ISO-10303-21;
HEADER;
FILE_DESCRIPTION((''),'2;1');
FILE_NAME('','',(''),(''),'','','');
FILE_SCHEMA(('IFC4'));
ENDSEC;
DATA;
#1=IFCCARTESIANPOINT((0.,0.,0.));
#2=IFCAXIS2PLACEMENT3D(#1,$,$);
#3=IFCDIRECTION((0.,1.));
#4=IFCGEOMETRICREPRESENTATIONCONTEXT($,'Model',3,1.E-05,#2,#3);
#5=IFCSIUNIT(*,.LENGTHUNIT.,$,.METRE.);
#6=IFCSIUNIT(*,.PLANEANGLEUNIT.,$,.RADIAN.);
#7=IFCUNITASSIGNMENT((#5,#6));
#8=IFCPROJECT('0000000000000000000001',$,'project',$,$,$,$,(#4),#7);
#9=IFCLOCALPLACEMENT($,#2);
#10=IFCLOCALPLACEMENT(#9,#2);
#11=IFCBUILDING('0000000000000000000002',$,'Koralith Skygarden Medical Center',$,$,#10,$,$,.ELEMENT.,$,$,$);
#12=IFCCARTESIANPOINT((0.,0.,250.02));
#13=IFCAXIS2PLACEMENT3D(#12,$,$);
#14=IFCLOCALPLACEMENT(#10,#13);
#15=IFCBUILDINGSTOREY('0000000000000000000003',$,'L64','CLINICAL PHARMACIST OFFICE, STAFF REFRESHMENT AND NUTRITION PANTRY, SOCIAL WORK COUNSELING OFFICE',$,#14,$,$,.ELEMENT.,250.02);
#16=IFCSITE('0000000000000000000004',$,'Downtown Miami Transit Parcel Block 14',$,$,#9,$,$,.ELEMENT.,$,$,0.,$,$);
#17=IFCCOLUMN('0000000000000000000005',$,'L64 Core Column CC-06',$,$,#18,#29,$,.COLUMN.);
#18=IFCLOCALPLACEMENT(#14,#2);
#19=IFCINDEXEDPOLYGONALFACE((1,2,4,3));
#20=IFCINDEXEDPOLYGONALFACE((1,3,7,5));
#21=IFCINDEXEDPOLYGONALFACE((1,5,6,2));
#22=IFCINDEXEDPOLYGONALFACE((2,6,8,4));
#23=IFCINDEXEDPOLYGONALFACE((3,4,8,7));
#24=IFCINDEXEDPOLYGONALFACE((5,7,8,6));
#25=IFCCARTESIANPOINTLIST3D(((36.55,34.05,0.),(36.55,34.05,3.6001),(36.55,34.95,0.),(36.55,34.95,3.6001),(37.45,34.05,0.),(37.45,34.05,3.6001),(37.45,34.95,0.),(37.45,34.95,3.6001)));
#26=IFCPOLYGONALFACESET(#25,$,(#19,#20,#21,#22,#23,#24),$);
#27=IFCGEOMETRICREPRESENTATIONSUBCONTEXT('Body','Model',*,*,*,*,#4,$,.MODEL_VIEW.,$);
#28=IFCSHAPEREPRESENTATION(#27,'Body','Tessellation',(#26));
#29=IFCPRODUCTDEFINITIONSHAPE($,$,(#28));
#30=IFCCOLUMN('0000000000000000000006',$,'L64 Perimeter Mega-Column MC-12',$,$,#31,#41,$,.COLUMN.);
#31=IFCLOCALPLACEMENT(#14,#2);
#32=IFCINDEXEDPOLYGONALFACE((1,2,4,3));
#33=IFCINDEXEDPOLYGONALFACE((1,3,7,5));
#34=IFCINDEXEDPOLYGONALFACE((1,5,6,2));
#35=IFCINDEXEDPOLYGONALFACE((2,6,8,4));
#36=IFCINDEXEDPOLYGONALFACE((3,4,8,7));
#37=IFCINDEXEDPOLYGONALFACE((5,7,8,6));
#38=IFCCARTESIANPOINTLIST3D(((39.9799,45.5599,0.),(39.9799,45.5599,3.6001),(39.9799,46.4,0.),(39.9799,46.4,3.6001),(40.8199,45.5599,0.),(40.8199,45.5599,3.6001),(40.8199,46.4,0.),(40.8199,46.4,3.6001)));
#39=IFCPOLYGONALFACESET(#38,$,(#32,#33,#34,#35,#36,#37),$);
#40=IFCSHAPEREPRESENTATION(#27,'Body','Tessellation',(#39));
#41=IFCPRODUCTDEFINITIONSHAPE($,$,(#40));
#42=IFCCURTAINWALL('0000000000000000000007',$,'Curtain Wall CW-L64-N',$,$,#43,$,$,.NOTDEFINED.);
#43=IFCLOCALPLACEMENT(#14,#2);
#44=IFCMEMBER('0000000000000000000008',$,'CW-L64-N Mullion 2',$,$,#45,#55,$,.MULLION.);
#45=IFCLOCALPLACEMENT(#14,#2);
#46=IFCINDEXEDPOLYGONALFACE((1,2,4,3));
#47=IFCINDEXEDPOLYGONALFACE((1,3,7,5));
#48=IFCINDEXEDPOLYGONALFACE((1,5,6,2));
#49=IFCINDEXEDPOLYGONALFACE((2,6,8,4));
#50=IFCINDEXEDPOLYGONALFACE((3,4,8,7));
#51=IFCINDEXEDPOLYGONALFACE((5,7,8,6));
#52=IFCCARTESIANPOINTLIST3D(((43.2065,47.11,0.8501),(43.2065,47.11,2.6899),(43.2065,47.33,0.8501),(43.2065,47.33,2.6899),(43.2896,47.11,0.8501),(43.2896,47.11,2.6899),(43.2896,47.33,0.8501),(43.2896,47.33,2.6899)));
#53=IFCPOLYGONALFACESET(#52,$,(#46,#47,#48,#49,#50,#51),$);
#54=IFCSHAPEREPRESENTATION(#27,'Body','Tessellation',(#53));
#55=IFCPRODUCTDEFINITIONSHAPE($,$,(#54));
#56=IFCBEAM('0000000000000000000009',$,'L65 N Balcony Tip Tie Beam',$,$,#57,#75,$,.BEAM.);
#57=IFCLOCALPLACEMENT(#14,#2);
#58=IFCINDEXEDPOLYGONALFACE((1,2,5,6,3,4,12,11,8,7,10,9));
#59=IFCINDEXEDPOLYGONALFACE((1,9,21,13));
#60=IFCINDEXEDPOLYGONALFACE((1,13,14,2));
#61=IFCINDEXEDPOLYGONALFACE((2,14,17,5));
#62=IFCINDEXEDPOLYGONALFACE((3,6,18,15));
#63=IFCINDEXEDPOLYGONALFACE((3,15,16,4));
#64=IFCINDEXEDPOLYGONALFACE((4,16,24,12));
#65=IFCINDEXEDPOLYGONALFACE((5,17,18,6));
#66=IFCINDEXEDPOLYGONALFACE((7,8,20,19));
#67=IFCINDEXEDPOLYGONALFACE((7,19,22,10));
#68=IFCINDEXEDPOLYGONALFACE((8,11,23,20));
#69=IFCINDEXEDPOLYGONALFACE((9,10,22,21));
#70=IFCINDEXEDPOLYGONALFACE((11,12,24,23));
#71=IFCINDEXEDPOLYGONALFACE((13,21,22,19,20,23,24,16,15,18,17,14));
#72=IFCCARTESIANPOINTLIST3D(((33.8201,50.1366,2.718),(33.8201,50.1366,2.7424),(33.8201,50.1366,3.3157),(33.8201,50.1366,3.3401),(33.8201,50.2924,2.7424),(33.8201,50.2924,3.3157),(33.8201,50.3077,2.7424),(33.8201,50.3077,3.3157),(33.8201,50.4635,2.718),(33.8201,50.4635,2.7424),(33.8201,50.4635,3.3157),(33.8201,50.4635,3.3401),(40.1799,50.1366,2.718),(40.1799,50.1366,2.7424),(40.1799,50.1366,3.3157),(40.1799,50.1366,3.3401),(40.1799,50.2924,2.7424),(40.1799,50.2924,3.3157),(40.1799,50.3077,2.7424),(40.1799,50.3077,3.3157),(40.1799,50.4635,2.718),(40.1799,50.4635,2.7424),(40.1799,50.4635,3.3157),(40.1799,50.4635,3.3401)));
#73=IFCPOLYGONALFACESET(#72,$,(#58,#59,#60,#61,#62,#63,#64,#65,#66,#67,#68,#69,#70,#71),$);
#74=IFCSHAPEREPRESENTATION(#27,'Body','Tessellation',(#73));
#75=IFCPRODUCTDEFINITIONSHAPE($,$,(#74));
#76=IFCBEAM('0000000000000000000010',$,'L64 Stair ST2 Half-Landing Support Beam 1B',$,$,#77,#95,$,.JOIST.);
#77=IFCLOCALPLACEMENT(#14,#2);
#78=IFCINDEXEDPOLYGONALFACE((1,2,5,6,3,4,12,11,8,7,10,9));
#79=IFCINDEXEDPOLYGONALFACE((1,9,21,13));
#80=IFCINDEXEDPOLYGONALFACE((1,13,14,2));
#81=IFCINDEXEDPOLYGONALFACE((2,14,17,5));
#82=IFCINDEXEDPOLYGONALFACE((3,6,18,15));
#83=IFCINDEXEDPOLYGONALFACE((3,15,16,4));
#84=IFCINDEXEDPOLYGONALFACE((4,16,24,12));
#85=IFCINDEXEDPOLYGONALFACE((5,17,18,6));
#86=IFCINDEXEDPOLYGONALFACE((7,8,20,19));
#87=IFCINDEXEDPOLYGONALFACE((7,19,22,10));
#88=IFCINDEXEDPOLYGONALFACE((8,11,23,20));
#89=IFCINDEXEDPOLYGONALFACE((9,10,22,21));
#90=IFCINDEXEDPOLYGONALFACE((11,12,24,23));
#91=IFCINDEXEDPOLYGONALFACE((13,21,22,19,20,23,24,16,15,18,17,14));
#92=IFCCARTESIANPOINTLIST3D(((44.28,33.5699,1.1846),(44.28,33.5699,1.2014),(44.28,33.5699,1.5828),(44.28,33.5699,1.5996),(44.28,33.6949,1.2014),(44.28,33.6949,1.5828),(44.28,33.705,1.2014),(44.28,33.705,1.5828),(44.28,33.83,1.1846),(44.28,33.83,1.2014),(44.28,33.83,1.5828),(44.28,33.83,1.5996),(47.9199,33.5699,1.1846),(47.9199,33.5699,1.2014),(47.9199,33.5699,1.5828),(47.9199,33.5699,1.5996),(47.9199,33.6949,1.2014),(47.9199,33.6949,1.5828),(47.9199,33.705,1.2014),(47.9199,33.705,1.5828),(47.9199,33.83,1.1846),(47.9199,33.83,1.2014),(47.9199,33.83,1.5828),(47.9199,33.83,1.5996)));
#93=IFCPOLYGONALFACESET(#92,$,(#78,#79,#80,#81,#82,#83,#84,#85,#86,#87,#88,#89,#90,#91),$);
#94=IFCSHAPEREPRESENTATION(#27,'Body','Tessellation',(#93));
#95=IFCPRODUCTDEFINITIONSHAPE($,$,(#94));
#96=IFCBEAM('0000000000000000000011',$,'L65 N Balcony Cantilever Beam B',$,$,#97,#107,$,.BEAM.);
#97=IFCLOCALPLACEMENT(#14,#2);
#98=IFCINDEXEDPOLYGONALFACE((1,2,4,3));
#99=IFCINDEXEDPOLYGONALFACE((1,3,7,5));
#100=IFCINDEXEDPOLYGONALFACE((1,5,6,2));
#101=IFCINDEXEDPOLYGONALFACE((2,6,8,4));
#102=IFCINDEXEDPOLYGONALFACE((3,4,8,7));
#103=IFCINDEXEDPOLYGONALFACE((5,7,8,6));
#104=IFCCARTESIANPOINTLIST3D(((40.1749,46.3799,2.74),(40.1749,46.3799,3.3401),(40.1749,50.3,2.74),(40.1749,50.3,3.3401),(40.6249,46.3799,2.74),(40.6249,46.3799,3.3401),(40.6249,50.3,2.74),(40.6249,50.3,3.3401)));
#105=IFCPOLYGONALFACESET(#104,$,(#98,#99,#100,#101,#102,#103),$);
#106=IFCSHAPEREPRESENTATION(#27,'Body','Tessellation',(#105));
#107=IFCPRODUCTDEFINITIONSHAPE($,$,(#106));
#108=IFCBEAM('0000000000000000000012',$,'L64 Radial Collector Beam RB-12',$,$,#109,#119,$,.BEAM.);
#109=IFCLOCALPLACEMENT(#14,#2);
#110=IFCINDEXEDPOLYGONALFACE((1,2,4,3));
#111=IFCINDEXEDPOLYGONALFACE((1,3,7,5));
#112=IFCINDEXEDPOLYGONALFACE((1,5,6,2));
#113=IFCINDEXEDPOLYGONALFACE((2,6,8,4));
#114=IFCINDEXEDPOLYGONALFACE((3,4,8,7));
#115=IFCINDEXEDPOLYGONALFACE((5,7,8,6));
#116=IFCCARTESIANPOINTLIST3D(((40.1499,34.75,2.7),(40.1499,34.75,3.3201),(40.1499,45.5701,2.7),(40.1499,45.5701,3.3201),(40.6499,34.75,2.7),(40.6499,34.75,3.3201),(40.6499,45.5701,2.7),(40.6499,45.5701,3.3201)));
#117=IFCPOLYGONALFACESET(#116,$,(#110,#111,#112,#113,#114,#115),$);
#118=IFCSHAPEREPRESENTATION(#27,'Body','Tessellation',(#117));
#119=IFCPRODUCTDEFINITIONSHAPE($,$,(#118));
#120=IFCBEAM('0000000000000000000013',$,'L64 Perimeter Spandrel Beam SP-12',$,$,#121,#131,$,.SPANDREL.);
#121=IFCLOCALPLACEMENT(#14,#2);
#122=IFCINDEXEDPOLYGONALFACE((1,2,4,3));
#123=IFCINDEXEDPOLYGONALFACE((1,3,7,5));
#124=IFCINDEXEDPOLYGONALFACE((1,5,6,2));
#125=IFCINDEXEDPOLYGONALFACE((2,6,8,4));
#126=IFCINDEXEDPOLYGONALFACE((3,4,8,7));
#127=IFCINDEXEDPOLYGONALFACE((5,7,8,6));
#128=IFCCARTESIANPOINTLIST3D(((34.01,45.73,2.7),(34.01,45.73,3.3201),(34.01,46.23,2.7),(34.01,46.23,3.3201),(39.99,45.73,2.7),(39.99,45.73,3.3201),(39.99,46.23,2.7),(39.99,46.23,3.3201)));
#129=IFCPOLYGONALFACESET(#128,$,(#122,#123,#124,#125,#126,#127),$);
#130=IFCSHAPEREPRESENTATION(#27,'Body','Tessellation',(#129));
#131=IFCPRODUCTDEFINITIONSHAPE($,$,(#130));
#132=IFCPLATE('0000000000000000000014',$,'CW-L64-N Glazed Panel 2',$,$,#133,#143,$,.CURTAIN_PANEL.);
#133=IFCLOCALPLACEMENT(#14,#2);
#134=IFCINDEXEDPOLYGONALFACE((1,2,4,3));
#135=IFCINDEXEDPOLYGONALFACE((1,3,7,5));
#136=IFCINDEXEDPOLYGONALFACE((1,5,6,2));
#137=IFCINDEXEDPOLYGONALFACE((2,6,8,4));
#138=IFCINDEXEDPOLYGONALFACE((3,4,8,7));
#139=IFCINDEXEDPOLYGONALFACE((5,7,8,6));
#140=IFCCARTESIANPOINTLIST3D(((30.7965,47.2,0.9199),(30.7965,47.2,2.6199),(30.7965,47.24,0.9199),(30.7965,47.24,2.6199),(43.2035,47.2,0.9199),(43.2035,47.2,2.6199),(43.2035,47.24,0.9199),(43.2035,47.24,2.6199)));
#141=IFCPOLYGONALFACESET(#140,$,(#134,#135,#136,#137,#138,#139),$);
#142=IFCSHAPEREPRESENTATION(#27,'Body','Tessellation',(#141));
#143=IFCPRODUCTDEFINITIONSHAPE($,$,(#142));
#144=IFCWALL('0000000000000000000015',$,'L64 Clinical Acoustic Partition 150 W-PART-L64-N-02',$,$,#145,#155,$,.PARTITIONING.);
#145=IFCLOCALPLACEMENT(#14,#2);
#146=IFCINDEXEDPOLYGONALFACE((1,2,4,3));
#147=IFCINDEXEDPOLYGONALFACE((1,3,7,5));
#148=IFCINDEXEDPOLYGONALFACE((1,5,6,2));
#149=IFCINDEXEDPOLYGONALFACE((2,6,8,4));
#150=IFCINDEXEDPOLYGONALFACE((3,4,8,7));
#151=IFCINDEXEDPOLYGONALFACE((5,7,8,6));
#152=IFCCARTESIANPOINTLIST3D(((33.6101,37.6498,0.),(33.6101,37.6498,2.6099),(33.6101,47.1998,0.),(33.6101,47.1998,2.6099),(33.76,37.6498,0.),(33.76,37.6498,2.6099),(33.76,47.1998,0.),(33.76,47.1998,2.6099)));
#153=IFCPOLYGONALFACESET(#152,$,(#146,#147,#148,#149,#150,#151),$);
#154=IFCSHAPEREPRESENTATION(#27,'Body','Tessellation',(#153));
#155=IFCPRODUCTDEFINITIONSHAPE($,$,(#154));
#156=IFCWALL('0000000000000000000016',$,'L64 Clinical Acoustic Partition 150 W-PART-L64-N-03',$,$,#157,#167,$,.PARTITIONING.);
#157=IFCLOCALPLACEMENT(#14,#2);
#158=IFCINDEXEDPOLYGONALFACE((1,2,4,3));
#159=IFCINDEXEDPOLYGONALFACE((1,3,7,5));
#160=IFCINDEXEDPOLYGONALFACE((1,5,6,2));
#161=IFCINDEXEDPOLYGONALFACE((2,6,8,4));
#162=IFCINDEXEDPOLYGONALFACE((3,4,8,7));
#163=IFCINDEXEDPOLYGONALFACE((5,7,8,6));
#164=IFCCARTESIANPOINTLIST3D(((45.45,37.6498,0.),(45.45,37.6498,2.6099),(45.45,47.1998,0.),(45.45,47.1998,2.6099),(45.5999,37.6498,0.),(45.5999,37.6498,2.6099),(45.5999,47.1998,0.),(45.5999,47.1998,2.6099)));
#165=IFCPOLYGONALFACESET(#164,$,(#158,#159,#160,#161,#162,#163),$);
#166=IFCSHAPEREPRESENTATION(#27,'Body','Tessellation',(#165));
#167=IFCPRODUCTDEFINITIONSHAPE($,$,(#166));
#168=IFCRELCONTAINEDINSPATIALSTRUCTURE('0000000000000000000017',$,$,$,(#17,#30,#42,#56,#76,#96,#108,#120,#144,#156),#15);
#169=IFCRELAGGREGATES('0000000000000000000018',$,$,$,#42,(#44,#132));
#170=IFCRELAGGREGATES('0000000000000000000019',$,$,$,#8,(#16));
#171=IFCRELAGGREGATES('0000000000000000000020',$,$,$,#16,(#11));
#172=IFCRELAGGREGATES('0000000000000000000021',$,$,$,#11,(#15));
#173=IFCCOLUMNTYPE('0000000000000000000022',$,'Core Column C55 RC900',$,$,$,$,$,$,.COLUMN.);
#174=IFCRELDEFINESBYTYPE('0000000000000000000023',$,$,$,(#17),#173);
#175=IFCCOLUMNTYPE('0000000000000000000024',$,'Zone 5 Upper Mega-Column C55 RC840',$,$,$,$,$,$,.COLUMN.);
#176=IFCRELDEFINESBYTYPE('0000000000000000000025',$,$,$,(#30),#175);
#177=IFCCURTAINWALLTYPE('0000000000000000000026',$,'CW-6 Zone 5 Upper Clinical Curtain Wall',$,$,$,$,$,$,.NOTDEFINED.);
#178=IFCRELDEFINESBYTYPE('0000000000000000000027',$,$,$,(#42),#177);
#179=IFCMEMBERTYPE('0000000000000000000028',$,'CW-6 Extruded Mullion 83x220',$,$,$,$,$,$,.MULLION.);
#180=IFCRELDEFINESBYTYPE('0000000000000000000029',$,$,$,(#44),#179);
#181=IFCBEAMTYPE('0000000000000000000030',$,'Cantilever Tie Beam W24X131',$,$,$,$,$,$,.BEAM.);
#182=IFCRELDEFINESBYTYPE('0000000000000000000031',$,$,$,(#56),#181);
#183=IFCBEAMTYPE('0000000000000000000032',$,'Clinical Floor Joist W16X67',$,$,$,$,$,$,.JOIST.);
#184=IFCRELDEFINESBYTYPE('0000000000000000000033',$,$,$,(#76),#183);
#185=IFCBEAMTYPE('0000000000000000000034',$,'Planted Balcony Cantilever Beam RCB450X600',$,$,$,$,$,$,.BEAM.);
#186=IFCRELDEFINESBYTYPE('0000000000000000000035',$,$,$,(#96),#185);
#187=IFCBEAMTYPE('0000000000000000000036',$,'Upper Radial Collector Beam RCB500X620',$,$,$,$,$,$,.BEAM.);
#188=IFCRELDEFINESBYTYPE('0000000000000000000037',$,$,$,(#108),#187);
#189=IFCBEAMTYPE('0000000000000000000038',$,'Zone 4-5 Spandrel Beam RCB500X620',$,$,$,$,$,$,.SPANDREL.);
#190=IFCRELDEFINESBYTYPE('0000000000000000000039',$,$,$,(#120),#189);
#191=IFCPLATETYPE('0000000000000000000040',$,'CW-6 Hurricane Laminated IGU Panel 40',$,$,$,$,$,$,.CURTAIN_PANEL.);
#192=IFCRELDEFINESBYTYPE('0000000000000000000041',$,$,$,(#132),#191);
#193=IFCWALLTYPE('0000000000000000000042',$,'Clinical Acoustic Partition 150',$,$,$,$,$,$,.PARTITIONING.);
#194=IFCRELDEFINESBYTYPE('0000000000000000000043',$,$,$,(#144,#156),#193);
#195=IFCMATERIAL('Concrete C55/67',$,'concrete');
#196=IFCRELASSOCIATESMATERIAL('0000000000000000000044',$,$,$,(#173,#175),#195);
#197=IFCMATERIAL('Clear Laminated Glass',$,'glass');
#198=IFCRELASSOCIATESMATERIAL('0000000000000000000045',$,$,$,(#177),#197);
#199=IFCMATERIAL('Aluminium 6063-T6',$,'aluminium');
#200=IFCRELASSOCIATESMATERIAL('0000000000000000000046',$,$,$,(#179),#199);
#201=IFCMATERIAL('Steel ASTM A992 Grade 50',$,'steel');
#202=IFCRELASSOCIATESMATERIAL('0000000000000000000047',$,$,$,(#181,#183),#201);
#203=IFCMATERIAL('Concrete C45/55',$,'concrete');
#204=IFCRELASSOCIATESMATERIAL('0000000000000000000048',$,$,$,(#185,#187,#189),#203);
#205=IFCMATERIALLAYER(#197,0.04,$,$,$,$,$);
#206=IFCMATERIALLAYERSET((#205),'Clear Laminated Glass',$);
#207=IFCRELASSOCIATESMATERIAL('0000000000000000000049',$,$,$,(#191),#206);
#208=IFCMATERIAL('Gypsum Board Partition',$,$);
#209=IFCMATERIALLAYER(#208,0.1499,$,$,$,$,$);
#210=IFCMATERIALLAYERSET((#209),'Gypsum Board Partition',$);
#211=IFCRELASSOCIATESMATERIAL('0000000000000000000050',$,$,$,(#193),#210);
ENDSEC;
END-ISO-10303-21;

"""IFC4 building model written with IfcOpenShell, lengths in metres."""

from ifc_helpers import new_model, si_unit, direction, frame, frame_2d, origin, origin_2d, place, context, subcontext, project, spatial, rectangle, i_section, extrude, material, layer, layer_set, material_profile, profile_set, type_object, element, aggregate, save


model = new_model("IFC4")

# Units and contexts
model_context = context("Model", 3, precision=1e-05, world=origin(), true_north=direction((0.0, 1.0)))
body_context = subcontext(model_context, "Body", "Model", "MODEL_VIEW")
ifc_project = project(units=[si_unit("LENGTHUNIT", "METRE"), si_unit("PLANEANGLEUNIT", "RADIAN")], contexts=[model_context])

# Site, building, storey
site_placement = place(None, origin())
site = spatial("IfcSite", under=ifc_project, at=site_placement, Name="Downtown Miami Transit Parcel Block 14", CompositionType="ELEMENT", RefElevation=0.0)
building_placement = place(site_placement, origin())
building = spatial("IfcBuilding", under=site, at=building_placement, Name="Koralith Skygarden Medical Center", CompositionType="ELEMENT")
storey_placement = place(building_placement, frame((0.0, 0.0, 250.02)))
storey = spatial("IfcBuildingStorey", under=building, at=storey_placement, Name="L64", Description="CLINICAL PHARMACIST OFFICE, STAFF REFRESHMENT AND NUTRITION PANTRY, SOCIAL WORK COUNSELING OFFICE", CompositionType="ELEMENT", Elevation=250.02)

# Columns
ifc_material_1 = material(Name="Concrete C55/67", Category="concrete")
ifc_material_profile_1 = material_profile(ifc_material_1, rectangle(XDim=0.8999, YDim=0.8999, at=origin_2d()), Name="RC900X900")
ifc_profile_set_1 = profile_set([ifc_material_profile_1], Name="Concrete C55/67")
column_type_1 = type_object("IfcColumnType", Name="Core Column C55 RC900", PredefinedType="COLUMN", material=ifc_profile_set_1)
column_1_placement = place(storey_placement, frame((37.0, 34.5, 0.0), z_axis=(0.0, 0.0, 1.0), x_axis=(1.0, 0.0, 0.0)))
element("IfcColumn", 1, at=column_1_placement, inside=storey, type_object=column_type_1, Name="L64 Core Column CC-06", PredefinedType="COLUMN", context=body_context, shape_type="SweptSolid", body=[
    extrude(rectangle(XDim=0.8999, YDim=0.8999, at=origin_2d()), origin(), (0.0, 0.0, 1.0), 3.6001),
])
ifc_material_profile_2 = material_profile(ifc_material_1, rectangle(XDim=0.8401, YDim=0.8401, at=origin_2d()), Name="RC840X840")
ifc_profile_set_2 = profile_set([ifc_material_profile_2], Name="Concrete C55/67")
column_type_2 = type_object("IfcColumnType", Name="Zone 5 Upper Mega-Column C55 RC840", PredefinedType="COLUMN", material=ifc_profile_set_2)
column_2_placement = place(storey_placement, frame((40.3999, 45.98, 0.0), z_axis=(0.0, 0.0, 1.0), x_axis=(1.0, 0.0, 0.0)))
element("IfcColumn", 2, at=column_2_placement, inside=storey, type_object=column_type_2, Name="L64 Perimeter Mega-Column MC-12", PredefinedType="COLUMN", context=body_context, shape_type="SweptSolid", body=[
    extrude(rectangle(XDim=0.8401, YDim=0.8401, at=origin_2d()), origin(), (0.0, 0.0, 1.0), 3.6001),
])

# Curtain wall, member
ifc_material_2 = material(Name="Clear Laminated Glass", Category="glass")
curtain_wall_type = type_object("IfcCurtainWallType", Name="CW-6 Zone 5 Upper Clinical Curtain Wall", PredefinedType="NOTDEFINED", material=ifc_material_2)
curtain_wall_placement = place(storey_placement, origin())
curtain_wall = element("IfcCurtainWall", 3, at=curtain_wall_placement, inside=storey, type_object=curtain_wall_type, Name="Curtain Wall CW-L64-N", PredefinedType="NOTDEFINED")
ifc_material_3 = material(Name="Aluminium 6063-T6", Category="aluminium")
ifc_material_profile_3 = material_profile(ifc_material_3, rectangle(XDim=0.083, YDim=0.22, at=origin_2d()), Name="MUL83X220")
ifc_profile_set_3 = profile_set([ifc_material_profile_3], Name="Aluminium 6063-T6")
member_type = type_object("IfcMemberType", Name="CW-6 Extruded Mullion 83x220", PredefinedType="MULLION", material=ifc_profile_set_3)
member_placement = place(storey_placement, frame((43.248, 47.22, 0.8501), z_axis=(0.0, 0.0, 1.0), x_axis=(1.0, 0.0, 0.0)))
member = element("IfcMember", 4, at=member_placement, type_object=member_type, Name="CW-L64-N Mullion 2", PredefinedType="MULLION", context=body_context, shape_type="SweptSolid", body=[
    extrude(rectangle(XDim=0.083, YDim=0.22, at=origin_2d()), origin(), (0.0, 0.0, 1.0), 1.8398),
])

# Beams
ifc_material_4 = material(Name="Steel ASTM A992 Grade 50", Category="steel")
ifc_material_profile_4 = material_profile(ifc_material_4, i_section(OverallWidth=0.3269, OverallDepth=0.6221, WebThickness=0.0154, FlangeThickness=0.0244, at=origin_2d()), Name="W24X131")
ifc_profile_set_4 = profile_set([ifc_material_profile_4], Name="Steel ASTM A992 Grade 50")
beam_type_1 = type_object("IfcBeamType", Name="Cantilever Tie Beam W24X131", PredefinedType="BEAM", material=ifc_profile_set_4)
beam_1_placement = place(storey_placement, frame((33.8201, 50.3, 3.0291), z_axis=(1.0, 0.0, 0.0), x_axis=(0.0, 1.0, 0.0)))
element("IfcBeam", 5, at=beam_1_placement, inside=storey, type_object=beam_type_1, Name="L65 N Balcony Tip Tie Beam", PredefinedType="BEAM", context=body_context, shape_type="SweptSolid", body=[
    extrude(i_section(OverallWidth=0.3269, OverallDepth=0.6221, WebThickness=0.0154, FlangeThickness=0.0244, at=origin_2d()), origin(), (0.0, 0.0, 1.0), 6.3599),
])
ifc_material_profile_5 = material_profile(ifc_material_4, i_section(OverallWidth=0.26, OverallDepth=0.415, WebThickness=0.01, FlangeThickness=0.0168, at=origin_2d()), Name="W16X67")
ifc_profile_set_5 = profile_set([ifc_material_profile_5], Name="Steel ASTM A992 Grade 50")
beam_type_2 = type_object("IfcBeamType", Name="Clinical Floor Joist W16X67", PredefinedType="JOIST", material=ifc_profile_set_5)
beam_2_placement = place(storey_placement, frame((44.28, 33.7, 1.3921), z_axis=(1.0, 0.0, 0.0), x_axis=(0.0, 1.0, 0.0)))
element("IfcBeam", 6, at=beam_2_placement, inside=storey, type_object=beam_type_2, Name="L64 Stair ST2 Half-Landing Support Beam 1B", PredefinedType="JOIST", context=body_context, shape_type="SweptSolid", body=[
    extrude(i_section(OverallWidth=0.26, OverallDepth=0.415, WebThickness=0.01, FlangeThickness=0.0168, at=origin_2d()), origin(), (0.0, 0.0, 1.0), 3.6399),
])
ifc_material_5 = material(Name="Concrete C45/55", Category="concrete")
ifc_material_profile_6 = material_profile(ifc_material_5, rectangle(XDim=0.45, YDim=0.6001, at=origin_2d()), Name="RCB450X600")
ifc_profile_set_6 = profile_set([ifc_material_profile_6], Name="Concrete C45/55")
beam_type_3 = type_object("IfcBeamType", Name="Planted Balcony Cantilever Beam RCB450X600", PredefinedType="BEAM", material=ifc_profile_set_6)
beam_3_placement = place(storey_placement, frame((40.3999, 46.3799, 3.04), z_axis=(0.0, 1.0, 0.0), x_axis=(-1.0, 0.0, 0.0)))
element("IfcBeam", 7, at=beam_3_placement, inside=storey, type_object=beam_type_3, Name="L65 N Balcony Cantilever Beam B", PredefinedType="BEAM", context=body_context, shape_type="SweptSolid", body=[
    extrude(rectangle(XDim=0.45, YDim=0.6001, at=origin_2d()), origin(), (0.0, 0.0, 1.0), 3.9202),
])
ifc_material_profile_7 = material_profile(ifc_material_5, rectangle(XDim=0.5, YDim=0.6201, at=origin_2d()), Name="RCB500X620")
ifc_profile_set_7 = profile_set([ifc_material_profile_7], Name="Concrete C45/55")
beam_type_4 = type_object("IfcBeamType", Name="Upper Radial Collector Beam RCB500X620", PredefinedType="BEAM", material=ifc_profile_set_7)
beam_4_placement = place(storey_placement, frame((40.3999, 34.75, 3.01), z_axis=(0.0, 1.0, 0.0), x_axis=(-1.0, 0.0, 0.0)))
element("IfcBeam", 8, at=beam_4_placement, inside=storey, type_object=beam_type_4, Name="L64 Radial Collector Beam RB-12", PredefinedType="BEAM", context=body_context, shape_type="SweptSolid", body=[
    extrude(rectangle(XDim=0.5, YDim=0.6201, at=origin_2d()), origin(), (0.0, 0.0, 1.0), 10.8201),
])
ifc_material_profile_8 = material_profile(ifc_material_5, rectangle(XDim=0.5, YDim=0.6201, at=origin_2d()), Name="RCB500X620")
ifc_profile_set_8 = profile_set([ifc_material_profile_8], Name="Concrete C45/55")
beam_type_5 = type_object("IfcBeamType", Name="Zone 4-5 Spandrel Beam RCB500X620", PredefinedType="SPANDREL", material=ifc_profile_set_8)
beam_5_placement = place(storey_placement, frame((39.99, 45.98, 3.01), z_axis=(-1.0, 0.0, 0.0), x_axis=(0.0, -1.0, 0.0)))
element("IfcBeam", 9, at=beam_5_placement, inside=storey, type_object=beam_type_5, Name="L64 Perimeter Spandrel Beam SP-12", PredefinedType="SPANDREL", context=body_context, shape_type="SweptSolid", body=[
    extrude(rectangle(XDim=0.5, YDim=0.6201, at=origin_2d()), origin(), (0.0, 0.0, 1.0), 5.98),
])

# Plate
ifc_layer_1 = layer(ifc_material_2, 0.04)
ifc_layer_set_1 = layer_set([ifc_layer_1], Name="Clear Laminated Glass")
plate_type = type_object("IfcPlateType", Name="CW-6 Hurricane Laminated IGU Panel 40", PredefinedType="CURTAIN_PANEL", material=ifc_layer_set_1)
plate_placement = place(storey_placement, frame((37.0, 47.22, 0.9199), z_axis=(0.0, 0.0, 1.0), x_axis=(-1.0, 0.0, 0.0)))
plate = element("IfcPlate", 10, at=plate_placement, type_object=plate_type, Name="CW-L64-N Glazed Panel 2", PredefinedType="CURTAIN_PANEL", context=body_context, shape_type="SweptSolid", body=[
    extrude(rectangle(XDim=12.407, YDim=0.04, at=origin_2d()), origin(), (0.0, 0.0, 1.0), 1.7),
])
aggregate(curtain_wall, [member, plate])

# Walls
ifc_material_6 = material(Name="Gypsum Board Partition")
ifc_layer_2 = layer(ifc_material_6, 0.1499)
ifc_layer_set_2 = layer_set([ifc_layer_2], Name="Gypsum Board Partition")
wall_type_1 = type_object("IfcWallType", Name="Clinical Acoustic Partition 150", PredefinedType="PARTITIONING", material=ifc_layer_set_2)
for number, where, z_axis, x_axis, name in (
    (11, (33.6851, 37.6499, 0.0), (0.0, 0.0, 1.0), (0.0, 1.0, 0.0), "L64 Clinical Acoustic Partition 150 W-PART-L64-N-02"),
    (12, (45.5249, 37.6499, 0.0), (0.0, 0.0, 1.0), (0.0, 1.0, 0.0), "L64 Clinical Acoustic Partition 150 W-PART-L64-N-03"),
):
    element("IfcWall", number, at=place(storey_placement, frame(where, z_axis=z_axis, x_axis=x_axis)), inside=storey, type_object=wall_type_1, Name=name, PredefinedType="PARTITIONING", context=body_context, shape_type="SweptSolid", body=[
        extrude(rectangle(XDim=9.55, YDim=0.1499, at=frame_2d((4.7749, 0.0))), origin(), (0.0, 0.0, 1.0), 2.6099),
    ])

save(model, "model.ifc")
